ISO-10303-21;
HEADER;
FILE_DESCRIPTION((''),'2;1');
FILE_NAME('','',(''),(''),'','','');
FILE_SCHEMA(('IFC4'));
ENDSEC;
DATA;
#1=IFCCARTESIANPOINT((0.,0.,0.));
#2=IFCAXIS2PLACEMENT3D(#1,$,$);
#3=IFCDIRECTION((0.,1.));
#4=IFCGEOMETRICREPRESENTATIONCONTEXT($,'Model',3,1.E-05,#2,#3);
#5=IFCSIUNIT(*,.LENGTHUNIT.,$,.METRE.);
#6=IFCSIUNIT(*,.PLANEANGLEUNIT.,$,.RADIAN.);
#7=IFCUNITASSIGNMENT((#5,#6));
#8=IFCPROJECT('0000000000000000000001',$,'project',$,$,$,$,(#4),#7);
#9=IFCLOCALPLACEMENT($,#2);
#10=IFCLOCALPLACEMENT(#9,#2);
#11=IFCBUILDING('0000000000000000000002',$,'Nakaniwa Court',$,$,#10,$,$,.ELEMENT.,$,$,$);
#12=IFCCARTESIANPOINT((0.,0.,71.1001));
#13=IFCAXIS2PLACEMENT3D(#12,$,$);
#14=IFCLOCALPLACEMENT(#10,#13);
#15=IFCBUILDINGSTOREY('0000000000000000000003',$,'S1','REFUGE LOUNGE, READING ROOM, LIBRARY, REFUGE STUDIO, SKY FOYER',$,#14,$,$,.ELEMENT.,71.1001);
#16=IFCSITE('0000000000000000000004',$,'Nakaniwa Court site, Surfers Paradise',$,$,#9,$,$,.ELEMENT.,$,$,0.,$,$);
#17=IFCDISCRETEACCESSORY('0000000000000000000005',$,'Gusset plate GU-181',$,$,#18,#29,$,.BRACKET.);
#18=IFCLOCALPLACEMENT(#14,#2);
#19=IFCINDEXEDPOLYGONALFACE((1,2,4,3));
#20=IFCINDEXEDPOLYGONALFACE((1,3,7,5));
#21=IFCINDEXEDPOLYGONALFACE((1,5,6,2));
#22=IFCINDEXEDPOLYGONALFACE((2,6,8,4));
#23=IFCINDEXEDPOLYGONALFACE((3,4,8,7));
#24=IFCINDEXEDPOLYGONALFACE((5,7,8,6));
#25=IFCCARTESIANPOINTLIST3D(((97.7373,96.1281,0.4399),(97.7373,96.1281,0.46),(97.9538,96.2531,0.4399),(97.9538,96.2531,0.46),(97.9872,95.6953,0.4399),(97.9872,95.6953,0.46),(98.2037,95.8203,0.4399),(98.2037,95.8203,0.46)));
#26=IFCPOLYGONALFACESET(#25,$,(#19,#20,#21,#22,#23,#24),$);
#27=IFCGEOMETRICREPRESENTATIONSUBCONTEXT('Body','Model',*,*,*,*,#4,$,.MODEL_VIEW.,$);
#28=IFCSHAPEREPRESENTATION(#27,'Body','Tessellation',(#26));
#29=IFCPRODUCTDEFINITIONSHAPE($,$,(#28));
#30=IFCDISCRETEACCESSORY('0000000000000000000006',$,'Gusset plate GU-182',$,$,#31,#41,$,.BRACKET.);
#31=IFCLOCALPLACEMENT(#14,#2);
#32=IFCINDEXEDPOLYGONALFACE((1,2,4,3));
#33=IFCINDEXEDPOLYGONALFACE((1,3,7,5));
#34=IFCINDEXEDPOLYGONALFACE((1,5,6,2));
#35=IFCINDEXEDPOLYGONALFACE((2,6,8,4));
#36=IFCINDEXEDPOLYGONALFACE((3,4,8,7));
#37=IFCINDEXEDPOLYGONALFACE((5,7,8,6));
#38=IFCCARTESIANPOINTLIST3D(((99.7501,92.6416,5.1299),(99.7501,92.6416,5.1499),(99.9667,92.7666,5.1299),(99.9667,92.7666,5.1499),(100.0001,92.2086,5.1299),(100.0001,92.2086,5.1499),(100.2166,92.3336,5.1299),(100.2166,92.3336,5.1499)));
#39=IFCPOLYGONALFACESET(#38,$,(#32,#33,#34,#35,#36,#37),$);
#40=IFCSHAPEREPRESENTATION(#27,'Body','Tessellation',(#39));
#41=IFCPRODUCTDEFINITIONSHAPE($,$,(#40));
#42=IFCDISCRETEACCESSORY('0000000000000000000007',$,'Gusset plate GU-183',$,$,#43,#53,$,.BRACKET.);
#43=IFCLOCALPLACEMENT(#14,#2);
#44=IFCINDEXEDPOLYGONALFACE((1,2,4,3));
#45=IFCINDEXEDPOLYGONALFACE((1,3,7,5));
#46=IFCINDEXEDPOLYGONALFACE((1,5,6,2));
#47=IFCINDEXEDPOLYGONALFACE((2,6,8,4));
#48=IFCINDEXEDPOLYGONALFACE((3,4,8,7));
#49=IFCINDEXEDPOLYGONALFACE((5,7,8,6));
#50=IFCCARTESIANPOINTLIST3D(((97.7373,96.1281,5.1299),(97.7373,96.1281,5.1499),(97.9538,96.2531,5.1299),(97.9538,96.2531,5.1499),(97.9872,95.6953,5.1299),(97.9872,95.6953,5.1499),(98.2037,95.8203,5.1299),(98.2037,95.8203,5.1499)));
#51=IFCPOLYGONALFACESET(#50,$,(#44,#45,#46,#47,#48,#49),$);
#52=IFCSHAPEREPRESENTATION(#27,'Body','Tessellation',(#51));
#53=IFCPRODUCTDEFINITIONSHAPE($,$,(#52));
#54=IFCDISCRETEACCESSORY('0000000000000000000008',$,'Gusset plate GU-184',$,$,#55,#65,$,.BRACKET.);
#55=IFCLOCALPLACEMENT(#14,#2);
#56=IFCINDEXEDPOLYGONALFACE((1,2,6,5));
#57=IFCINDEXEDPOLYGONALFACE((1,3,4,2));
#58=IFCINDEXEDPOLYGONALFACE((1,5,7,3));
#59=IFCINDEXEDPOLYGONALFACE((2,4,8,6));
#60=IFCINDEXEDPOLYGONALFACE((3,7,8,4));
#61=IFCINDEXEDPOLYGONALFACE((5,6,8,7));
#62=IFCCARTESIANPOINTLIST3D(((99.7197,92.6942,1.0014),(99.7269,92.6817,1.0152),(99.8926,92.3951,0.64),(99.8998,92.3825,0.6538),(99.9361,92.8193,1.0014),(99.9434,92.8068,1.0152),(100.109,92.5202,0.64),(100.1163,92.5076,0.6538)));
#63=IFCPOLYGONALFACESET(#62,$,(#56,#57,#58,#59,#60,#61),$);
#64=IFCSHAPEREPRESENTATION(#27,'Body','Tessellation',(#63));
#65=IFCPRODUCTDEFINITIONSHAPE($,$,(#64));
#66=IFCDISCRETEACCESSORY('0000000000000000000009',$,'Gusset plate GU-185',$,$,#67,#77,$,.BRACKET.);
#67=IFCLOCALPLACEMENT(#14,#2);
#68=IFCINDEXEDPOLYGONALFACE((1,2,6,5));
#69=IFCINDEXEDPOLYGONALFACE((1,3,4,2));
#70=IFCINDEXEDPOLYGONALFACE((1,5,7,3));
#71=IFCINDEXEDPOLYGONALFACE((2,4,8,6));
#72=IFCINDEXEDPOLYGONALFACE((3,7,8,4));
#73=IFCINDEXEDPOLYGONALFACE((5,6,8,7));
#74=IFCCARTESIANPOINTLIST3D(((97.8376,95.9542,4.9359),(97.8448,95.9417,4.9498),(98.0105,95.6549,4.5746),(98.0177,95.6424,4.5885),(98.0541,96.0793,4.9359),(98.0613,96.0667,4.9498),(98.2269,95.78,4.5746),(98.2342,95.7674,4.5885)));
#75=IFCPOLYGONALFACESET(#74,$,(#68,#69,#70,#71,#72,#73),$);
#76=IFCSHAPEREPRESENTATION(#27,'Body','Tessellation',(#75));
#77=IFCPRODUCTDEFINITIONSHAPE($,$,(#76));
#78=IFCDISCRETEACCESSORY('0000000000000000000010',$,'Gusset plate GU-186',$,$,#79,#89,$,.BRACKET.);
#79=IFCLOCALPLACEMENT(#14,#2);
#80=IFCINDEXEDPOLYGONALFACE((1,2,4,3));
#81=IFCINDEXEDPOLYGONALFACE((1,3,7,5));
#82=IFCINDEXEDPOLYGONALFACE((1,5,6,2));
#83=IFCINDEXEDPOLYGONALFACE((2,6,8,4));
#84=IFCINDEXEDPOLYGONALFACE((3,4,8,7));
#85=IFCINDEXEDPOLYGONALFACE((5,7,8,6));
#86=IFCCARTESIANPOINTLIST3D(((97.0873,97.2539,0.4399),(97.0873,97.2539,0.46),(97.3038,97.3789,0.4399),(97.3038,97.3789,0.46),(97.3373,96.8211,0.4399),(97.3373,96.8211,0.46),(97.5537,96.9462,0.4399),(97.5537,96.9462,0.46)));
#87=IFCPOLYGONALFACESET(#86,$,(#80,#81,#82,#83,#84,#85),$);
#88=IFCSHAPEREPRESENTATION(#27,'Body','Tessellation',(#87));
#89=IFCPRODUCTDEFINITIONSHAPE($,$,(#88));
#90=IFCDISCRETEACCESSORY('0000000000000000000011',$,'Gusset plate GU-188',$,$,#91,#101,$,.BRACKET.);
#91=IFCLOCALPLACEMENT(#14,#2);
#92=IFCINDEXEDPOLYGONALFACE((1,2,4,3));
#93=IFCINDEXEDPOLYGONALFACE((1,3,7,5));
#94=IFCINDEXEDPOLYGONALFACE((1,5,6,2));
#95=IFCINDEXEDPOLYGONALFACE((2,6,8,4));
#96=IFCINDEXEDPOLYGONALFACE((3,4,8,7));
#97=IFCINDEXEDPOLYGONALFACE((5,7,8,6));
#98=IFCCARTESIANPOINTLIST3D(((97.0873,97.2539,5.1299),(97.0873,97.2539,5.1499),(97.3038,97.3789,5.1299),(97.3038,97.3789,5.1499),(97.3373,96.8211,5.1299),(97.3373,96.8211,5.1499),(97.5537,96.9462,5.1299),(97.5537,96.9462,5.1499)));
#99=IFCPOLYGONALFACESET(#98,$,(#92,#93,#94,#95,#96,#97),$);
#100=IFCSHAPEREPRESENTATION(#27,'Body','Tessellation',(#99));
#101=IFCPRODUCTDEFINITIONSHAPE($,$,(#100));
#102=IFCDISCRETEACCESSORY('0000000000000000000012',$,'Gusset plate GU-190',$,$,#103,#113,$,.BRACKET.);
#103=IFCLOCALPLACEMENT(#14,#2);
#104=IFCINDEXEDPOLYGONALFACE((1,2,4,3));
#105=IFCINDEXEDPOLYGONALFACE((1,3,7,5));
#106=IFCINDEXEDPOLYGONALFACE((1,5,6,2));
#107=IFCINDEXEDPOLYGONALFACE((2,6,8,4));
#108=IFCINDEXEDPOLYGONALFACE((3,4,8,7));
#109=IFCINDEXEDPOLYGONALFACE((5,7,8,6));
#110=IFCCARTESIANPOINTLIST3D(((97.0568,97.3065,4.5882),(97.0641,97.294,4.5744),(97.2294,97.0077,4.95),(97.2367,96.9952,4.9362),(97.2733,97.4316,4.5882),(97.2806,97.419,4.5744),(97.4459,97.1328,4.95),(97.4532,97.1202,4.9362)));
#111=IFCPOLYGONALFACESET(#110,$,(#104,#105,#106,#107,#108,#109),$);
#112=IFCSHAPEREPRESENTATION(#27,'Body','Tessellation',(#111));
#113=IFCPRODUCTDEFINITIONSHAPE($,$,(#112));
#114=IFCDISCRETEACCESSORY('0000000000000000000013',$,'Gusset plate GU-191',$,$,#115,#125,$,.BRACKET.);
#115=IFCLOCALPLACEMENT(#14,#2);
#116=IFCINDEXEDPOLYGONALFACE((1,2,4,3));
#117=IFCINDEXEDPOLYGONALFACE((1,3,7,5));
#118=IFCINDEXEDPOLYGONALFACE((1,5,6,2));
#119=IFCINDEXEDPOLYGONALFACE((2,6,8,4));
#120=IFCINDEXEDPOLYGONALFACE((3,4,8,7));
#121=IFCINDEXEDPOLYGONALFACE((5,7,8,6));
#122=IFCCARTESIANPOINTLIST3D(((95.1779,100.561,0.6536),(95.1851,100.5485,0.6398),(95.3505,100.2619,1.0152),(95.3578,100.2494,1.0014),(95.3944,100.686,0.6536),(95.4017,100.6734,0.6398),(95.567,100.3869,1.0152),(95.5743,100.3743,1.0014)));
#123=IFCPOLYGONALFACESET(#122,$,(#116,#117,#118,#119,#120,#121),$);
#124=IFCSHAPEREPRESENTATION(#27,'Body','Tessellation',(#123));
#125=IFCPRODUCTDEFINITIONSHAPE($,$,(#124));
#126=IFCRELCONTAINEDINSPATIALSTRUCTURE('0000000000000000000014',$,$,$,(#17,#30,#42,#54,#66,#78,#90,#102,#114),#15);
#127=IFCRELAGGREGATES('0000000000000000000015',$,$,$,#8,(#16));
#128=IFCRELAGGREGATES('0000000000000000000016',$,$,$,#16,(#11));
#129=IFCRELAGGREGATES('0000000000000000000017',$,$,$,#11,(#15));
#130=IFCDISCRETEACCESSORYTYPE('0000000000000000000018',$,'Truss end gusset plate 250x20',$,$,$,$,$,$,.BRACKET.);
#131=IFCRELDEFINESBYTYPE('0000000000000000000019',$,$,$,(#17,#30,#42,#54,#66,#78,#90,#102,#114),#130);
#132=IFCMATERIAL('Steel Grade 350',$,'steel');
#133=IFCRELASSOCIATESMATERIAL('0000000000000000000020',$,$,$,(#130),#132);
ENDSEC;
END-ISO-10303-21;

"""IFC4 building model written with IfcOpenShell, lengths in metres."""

from ifc_helpers import new_model, si_unit, direction, frame, origin, origin_2d, place, context, subcontext, project, spatial, rectangle, extrude, material, material_profile, profile_set, type_object, element, save


model = new_model("IFC4")

# Units and contexts
model_context = context("Model", 3, precision=1e-05, world=origin(), true_north=direction((0.0, 1.0)))
body_context = subcontext(model_context, "Body", "Model", "MODEL_VIEW")
ifc_project = project(units=[si_unit("LENGTHUNIT", "METRE"), si_unit("PLANEANGLEUNIT", "RADIAN")], contexts=[model_context])

# Site, building, storey
site_placement = place(None, origin())
site = spatial("IfcSite", under=ifc_project, at=site_placement, Name="Nakaniwa Court site, Surfers Paradise", CompositionType="ELEMENT", RefElevation=0.0)
building_placement = place(site_placement, origin())
building = spatial("IfcBuilding", under=site, at=building_placement, Name="Nakaniwa Court", CompositionType="ELEMENT")
storey_placement = place(building_placement, frame((0.0, 0.0, 71.1001)))
storey = spatial("IfcBuildingStorey", under=building, at=storey_placement, Name="S1", Description="REFUGE LOUNGE, READING ROOM, LIBRARY, REFUGE STUDIO, SKY FOYER", CompositionType="ELEMENT", Elevation=71.1001)

# Shared definitions
ifc_material_1 = material(Name="Steel Grade 350", Category="steel")

# Discrete accessories
ifc_material_profile_1 = material_profile(ifc_material_1, rectangle(XDim=0.25, YDim=0.02, at=origin_2d()), Name="Truss end gusset plate 250x20")
ifc_profile_set_1 = profile_set([ifc_material_profile_1], Name="Steel Grade 350")
discrete_accessory_type = type_object("IfcDiscreteAccessoryType", Name="Truss end gusset plate 250x20", PredefinedType="BRACKET", material=ifc_profile_set_1)
discrete_accessory_1_placement = place(storey_placement, frame((98.0955, 95.7578, 0.45), z_axis=(-0.500131, 0.86595, 0.0), x_axis=(-0.86595, -0.500131, 0.0)))
element("IfcDiscreteAccessory", 1, at=discrete_accessory_1_placement, inside=storey, type_object=discrete_accessory_type, Name="Gusset plate GU-181", PredefinedType="BRACKET", context=body_context, shape_type="SweptSolid", body=[
    extrude(rectangle(XDim=0.25, YDim=0.02, at=origin_2d()), origin(), (0.0, 0.0, 1.0), 0.4998),
])
discrete_accessory_2_placement = place(storey_placement, frame((99.8584, 92.7041, 5.1399), z_axis=(0.49992, -0.866072, 0.0), x_axis=(0.866072, 0.49992, 0.0)))
element("IfcDiscreteAccessory", 2, at=discrete_accessory_2_placement, inside=storey, type_object=discrete_accessory_type, Name="Gusset plate GU-182", PredefinedType="BRACKET", context=body_context, shape_type="SweptSolid", body=[
    extrude(rectangle(XDim=0.25, YDim=0.02, at=origin_2d()), origin(), (0.0, 0.0, 1.0), 0.5),
])
discrete_accessory_3_placement = place(storey_placement, frame((98.0955, 95.7578, 5.1399), z_axis=(-0.500131, 0.86595, 0.0), x_axis=(-0.86595, -0.500131, 0.0)))
element("IfcDiscreteAccessory", 3, at=discrete_accessory_3_placement, inside=storey, type_object=discrete_accessory_type, Name="Gusset plate GU-183", PredefinedType="BRACKET", context=body_context, shape_type="SweptSolid", body=[
    extrude(rectangle(XDim=0.25, YDim=0.02, at=origin_2d()), origin(), (0.0, 0.0, 1.0), 0.4998),
])
for number, where, z_axis, x_axis, name in (
    (4, (99.8315, 92.7505, 1.0083), (0.345786, -0.598288, -0.72283), (0.865797, 0.500395, 0.0), "Gusset plate GU-184"),
    (5, (98.1223, 95.7112, 4.5815), (-0.345685, 0.598602, 0.722619), (-0.865974, -0.500089, 0.0), "Gusset plate GU-185"),
):
    element("IfcDiscreteAccessory", number, at=place(storey_placement, frame(where, z_axis=z_axis, x_axis=x_axis)), inside=storey, type_object=discrete_accessory_type, Name=name, PredefinedType="BRACKET", context=body_context, shape_type="SweptSolid", body=[
        extrude(rectangle(XDim=0.25, YDim=0.02, at=origin_2d()), origin(), (0.0, 0.0, 1.0), 0.5),
    ])
for number, where, z_axis, x_axis, name in (
    (6, (97.1956, 97.3164, 0.45), (0.500131, -0.86595, 0.0), (0.86595, 0.500131, 0.0), "Gusset plate GU-186"),
    (7, (97.1956, 97.3164, 5.1399), (0.500131, -0.86595, 0.0), (0.86595, 0.500131, 0.0), "Gusset plate GU-188"),
):
    element("IfcDiscreteAccessory", number, at=place(storey_placement, frame(where, z_axis=z_axis, x_axis=x_axis)), inside=storey, type_object=discrete_accessory_type, Name=name, PredefinedType="BRACKET", context=body_context, shape_type="SweptSolid", body=[
        extrude(rectangle(XDim=0.25, YDim=0.02, at=origin_2d()), origin(), (0.0, 0.0, 1.0), 0.4998),
    ])
for number, where, z_axis, x_axis, name in (
    (8, (97.1687, 97.3628, 4.5813), (0.345213, -0.597653, 0.723629), (0.865926, 0.500172, 0.0), "Gusset plate GU-190"),
    (9, (95.4624, 100.3181, 1.0083), (-0.345234, 0.598178, -0.723185), (-0.866103, -0.499865, 0.0), "Gusset plate GU-191"),
):
    element("IfcDiscreteAccessory", number, at=place(storey_placement, frame(where, z_axis=z_axis, x_axis=x_axis)), inside=storey, type_object=discrete_accessory_type, Name=name, PredefinedType="BRACKET", context=body_context, shape_type="SweptSolid", body=[
        extrude(rectangle(XDim=0.25, YDim=0.02, at=origin_2d()), origin(), (0.0, 0.0, 1.0), 0.5),
    ])

save(model, "model.ifc")
